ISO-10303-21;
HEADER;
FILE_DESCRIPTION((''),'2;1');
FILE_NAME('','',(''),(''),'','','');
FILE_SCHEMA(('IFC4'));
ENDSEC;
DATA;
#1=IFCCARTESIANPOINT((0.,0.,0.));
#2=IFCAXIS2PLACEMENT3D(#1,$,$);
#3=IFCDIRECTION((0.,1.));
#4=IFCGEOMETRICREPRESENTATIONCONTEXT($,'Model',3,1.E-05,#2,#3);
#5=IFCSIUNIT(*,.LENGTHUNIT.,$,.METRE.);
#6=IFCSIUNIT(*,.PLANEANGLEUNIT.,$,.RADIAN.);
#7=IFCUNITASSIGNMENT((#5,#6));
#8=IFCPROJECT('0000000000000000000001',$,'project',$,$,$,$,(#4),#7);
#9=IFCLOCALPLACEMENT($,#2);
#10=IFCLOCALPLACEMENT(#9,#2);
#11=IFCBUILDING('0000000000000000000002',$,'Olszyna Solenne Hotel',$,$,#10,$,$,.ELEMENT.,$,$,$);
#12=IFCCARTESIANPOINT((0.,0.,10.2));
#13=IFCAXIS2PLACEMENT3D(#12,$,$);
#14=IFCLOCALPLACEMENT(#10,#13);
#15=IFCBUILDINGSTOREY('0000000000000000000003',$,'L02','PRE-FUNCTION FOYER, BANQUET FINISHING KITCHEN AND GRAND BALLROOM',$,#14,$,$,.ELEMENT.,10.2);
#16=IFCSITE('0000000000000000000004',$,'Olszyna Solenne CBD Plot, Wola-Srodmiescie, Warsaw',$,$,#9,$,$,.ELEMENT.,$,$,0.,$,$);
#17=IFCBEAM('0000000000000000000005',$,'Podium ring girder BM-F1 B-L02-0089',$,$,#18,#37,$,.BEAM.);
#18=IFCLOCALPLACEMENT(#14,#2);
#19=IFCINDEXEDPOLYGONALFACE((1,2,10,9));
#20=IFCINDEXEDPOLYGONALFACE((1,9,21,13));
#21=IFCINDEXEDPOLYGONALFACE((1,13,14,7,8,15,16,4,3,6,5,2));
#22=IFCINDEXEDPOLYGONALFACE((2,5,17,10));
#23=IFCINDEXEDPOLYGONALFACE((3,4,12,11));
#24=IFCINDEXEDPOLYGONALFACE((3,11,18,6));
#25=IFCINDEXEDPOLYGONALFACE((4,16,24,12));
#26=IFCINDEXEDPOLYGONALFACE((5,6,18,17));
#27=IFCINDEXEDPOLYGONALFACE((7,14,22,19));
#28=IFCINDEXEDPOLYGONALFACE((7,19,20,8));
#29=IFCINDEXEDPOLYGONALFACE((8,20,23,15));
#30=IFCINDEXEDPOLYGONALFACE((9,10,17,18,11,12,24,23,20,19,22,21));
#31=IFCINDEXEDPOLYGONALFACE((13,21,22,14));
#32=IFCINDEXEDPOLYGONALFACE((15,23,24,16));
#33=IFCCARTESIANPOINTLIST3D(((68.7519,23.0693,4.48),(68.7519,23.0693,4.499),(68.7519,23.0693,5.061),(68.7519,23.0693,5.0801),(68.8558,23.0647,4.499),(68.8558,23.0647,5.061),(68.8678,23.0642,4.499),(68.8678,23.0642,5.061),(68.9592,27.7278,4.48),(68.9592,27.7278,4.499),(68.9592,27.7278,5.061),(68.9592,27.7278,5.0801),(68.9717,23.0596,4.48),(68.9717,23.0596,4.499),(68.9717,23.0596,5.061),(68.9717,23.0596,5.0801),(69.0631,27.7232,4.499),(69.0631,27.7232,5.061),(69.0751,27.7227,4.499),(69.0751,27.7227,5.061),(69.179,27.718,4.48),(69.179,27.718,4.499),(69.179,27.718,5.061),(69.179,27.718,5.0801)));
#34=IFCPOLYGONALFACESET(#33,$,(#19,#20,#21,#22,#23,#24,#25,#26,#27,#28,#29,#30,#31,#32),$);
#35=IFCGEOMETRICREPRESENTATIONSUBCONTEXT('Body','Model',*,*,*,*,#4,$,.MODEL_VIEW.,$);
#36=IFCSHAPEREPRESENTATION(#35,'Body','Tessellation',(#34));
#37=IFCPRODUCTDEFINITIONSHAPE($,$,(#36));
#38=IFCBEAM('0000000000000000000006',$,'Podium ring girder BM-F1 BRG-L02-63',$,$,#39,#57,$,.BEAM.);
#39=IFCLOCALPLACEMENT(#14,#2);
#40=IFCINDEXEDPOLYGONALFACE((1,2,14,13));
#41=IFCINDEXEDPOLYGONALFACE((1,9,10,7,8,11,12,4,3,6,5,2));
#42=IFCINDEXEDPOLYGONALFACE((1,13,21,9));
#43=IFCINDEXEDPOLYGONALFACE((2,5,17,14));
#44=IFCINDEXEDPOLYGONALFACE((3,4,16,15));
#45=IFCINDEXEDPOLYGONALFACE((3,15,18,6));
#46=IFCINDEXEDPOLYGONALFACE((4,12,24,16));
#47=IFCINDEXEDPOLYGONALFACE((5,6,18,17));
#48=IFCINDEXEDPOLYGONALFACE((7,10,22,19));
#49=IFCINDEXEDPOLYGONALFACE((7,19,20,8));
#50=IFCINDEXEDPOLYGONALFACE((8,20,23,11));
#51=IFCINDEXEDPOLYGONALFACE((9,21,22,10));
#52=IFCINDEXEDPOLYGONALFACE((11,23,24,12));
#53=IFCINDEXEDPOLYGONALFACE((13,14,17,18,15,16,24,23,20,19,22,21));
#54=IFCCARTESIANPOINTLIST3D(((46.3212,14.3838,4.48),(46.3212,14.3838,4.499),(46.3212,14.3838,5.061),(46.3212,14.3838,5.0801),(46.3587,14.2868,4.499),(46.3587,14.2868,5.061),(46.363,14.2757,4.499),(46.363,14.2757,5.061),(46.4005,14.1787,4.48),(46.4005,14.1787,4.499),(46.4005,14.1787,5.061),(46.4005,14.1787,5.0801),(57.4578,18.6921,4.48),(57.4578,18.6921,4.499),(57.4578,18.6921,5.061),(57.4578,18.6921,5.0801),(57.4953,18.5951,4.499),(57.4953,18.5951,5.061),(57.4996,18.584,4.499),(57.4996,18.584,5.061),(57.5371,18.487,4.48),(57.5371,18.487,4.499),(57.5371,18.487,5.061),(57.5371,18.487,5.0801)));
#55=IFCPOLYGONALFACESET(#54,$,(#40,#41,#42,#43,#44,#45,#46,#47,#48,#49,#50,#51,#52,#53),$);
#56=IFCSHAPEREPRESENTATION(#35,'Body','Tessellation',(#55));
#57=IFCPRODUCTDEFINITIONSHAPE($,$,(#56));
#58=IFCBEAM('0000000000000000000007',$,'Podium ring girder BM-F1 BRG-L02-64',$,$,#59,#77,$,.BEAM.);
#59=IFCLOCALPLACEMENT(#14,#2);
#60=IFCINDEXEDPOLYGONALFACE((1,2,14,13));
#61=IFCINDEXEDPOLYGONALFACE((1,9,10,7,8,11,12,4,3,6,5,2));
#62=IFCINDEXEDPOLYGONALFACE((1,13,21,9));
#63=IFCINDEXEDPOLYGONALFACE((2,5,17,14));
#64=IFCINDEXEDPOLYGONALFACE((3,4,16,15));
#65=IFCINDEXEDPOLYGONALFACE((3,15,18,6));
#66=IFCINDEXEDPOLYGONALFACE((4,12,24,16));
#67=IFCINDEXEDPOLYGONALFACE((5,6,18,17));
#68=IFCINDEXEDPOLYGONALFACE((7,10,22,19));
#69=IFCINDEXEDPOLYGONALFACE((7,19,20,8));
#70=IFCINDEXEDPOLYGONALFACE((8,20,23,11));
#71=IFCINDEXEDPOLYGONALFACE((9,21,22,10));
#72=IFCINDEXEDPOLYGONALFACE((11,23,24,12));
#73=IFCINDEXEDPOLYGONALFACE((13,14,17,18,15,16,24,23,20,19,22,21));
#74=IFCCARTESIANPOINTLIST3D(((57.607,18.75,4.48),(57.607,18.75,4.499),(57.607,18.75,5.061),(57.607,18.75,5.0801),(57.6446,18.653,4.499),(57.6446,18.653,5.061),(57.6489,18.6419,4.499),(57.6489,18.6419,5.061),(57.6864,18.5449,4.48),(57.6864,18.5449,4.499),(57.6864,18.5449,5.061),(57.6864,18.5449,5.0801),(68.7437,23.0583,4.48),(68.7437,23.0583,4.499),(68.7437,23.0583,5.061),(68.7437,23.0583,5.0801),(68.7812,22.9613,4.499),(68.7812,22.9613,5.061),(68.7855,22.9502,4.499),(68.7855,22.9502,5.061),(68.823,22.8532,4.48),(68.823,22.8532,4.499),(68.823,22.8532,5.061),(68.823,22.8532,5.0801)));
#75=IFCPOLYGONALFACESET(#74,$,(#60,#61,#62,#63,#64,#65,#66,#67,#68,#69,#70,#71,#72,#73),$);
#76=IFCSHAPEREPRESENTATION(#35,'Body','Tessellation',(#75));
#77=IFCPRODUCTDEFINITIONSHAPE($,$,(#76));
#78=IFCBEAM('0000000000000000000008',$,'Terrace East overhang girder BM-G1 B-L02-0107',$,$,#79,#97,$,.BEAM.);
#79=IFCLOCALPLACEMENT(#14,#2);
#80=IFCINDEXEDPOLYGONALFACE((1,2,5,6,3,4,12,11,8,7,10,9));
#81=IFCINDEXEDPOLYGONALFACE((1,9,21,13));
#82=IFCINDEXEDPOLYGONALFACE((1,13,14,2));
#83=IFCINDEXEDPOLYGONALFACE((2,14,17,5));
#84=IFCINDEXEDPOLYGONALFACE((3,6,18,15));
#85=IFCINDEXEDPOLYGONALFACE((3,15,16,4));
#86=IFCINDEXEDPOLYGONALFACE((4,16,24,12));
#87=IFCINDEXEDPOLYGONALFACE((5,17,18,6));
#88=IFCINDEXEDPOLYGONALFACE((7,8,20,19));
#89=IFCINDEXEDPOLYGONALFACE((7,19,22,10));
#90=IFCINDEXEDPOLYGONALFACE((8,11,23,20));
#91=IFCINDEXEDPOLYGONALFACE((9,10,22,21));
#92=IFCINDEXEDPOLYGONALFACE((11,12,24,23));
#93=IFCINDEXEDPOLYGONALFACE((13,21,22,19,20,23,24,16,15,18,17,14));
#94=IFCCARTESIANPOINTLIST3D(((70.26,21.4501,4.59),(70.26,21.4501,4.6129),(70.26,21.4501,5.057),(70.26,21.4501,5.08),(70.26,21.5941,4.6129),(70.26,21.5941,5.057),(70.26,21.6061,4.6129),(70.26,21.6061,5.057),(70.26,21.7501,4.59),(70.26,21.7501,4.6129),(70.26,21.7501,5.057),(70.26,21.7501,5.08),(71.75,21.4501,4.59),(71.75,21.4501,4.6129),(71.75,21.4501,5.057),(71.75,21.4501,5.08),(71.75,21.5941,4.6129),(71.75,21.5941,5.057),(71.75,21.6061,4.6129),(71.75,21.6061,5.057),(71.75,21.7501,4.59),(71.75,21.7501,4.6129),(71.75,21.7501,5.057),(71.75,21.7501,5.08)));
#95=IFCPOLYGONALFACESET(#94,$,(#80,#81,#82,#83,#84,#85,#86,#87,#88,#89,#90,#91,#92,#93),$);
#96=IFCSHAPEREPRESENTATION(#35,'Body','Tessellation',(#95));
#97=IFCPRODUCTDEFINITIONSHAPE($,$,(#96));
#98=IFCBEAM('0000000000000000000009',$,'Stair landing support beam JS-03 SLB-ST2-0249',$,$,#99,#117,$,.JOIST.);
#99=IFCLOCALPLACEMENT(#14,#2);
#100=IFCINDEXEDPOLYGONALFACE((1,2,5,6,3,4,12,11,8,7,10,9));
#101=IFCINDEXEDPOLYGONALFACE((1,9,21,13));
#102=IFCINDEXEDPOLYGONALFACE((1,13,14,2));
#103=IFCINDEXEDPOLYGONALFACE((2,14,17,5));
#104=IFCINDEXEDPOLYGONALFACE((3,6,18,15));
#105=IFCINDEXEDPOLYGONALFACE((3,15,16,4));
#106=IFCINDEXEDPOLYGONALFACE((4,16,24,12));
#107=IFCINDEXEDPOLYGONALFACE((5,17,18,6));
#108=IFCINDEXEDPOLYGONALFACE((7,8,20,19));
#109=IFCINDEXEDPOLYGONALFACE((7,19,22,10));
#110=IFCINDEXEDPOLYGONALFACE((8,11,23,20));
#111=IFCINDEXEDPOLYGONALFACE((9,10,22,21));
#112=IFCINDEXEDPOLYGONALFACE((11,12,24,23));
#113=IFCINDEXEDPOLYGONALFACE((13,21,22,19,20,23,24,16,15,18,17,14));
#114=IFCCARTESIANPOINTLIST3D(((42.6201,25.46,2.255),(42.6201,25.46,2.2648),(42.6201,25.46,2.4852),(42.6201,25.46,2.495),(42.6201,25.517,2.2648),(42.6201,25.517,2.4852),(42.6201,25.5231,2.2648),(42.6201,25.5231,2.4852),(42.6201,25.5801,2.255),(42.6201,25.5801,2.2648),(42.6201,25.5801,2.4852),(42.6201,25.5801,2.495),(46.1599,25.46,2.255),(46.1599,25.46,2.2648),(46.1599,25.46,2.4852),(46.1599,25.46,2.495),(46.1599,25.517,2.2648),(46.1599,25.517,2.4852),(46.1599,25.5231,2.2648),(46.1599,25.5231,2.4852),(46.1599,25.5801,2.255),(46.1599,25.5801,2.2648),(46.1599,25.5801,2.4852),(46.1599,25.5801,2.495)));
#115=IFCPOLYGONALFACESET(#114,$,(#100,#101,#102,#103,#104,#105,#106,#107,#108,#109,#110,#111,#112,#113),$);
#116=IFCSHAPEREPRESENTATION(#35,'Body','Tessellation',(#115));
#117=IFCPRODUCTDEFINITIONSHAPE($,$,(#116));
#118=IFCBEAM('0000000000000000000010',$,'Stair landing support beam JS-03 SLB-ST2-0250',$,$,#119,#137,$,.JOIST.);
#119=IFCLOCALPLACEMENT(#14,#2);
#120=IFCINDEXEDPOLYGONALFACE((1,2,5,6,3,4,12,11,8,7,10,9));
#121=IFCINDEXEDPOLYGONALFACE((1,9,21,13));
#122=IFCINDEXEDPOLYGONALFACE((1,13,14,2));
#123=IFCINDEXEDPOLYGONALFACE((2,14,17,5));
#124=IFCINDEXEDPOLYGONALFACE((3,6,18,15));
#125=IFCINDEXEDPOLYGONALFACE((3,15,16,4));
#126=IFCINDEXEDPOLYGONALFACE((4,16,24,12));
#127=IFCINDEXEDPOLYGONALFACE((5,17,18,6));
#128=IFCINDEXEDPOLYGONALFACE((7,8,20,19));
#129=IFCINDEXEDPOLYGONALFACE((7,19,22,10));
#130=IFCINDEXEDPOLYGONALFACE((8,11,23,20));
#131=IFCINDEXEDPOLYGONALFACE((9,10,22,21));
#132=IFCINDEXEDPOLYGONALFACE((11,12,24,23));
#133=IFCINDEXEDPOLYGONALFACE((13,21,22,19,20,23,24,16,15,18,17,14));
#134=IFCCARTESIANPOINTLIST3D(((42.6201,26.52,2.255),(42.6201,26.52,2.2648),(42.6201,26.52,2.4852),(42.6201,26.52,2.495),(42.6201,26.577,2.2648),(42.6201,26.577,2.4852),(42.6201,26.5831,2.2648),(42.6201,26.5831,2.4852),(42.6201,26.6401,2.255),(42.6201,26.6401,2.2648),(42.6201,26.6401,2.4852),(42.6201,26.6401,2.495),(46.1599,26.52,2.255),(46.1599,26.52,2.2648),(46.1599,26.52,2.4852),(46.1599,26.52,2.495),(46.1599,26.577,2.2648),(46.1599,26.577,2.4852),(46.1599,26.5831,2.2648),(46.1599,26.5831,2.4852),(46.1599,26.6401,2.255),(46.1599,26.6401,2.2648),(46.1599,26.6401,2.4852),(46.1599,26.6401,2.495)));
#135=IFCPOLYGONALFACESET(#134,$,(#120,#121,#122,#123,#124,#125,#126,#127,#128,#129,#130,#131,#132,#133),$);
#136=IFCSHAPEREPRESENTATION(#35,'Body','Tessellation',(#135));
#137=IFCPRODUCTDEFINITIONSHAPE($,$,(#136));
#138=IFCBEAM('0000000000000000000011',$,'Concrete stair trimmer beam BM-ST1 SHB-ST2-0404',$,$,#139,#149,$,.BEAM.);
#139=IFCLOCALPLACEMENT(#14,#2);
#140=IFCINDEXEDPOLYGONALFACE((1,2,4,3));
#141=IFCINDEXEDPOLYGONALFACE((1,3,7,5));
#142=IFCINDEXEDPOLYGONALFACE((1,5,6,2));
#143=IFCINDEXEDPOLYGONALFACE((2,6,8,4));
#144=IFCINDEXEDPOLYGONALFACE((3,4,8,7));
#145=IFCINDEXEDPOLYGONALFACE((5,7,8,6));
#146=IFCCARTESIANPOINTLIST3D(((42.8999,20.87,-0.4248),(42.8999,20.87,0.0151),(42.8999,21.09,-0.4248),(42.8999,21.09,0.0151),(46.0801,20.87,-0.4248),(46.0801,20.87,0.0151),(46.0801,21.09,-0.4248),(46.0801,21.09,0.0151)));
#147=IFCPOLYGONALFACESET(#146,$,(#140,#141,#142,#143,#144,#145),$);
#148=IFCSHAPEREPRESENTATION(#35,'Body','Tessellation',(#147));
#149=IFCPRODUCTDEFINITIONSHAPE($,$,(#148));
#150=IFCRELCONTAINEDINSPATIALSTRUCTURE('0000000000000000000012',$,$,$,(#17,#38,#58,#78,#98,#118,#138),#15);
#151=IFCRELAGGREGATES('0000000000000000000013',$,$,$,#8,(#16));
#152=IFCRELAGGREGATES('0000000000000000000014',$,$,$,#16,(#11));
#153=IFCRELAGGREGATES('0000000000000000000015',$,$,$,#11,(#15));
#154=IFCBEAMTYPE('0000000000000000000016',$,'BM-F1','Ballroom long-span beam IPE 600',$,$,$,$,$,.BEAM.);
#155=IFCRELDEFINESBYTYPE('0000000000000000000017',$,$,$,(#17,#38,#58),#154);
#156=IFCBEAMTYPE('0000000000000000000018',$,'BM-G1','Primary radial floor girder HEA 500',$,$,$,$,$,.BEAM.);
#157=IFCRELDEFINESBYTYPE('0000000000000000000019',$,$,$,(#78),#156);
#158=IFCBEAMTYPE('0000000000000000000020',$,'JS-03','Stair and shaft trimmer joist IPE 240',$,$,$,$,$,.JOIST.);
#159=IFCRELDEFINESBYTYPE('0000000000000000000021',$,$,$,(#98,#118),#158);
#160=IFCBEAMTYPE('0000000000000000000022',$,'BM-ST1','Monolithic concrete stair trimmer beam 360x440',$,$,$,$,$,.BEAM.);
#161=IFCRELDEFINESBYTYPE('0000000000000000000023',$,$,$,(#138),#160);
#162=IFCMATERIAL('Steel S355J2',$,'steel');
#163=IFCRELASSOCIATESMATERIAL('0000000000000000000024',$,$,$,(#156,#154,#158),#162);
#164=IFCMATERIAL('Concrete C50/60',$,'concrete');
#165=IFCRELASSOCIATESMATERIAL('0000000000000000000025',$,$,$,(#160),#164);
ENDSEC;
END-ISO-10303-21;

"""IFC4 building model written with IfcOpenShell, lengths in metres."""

from ifc_helpers import new_model, si_unit, direction, frame, origin, origin_2d, place, context, subcontext, project, spatial, rectangle, i_section, extrude, source, transform, mapped, material, material_profile, profile_set, type_object, element, save


model = new_model("IFC4")

# Units and contexts
model_context = context("Model", 3, precision=1e-05, world=origin(), true_north=direction((0.0, 1.0)))
body_context = subcontext(model_context, "Body", "Model", "MODEL_VIEW")
ifc_project = project(units=[si_unit("LENGTHUNIT", "METRE"), si_unit("PLANEANGLEUNIT", "RADIAN")], contexts=[model_context])

# Site, building, storey
site_placement = place(None, origin())
site = spatial("IfcSite", under=ifc_project, at=site_placement, Name="Olszyna Solenne CBD Plot, Wola-Srodmiescie, Warsaw", CompositionType="ELEMENT", RefElevation=0.0)
building_placement = place(site_placement, origin())
building = spatial("IfcBuilding", under=site, at=building_placement, Name="Olszyna Solenne Hotel", CompositionType="ELEMENT")
storey_placement = place(building_placement, frame((0.0, 0.0, 10.2)))
storey = spatial("IfcBuildingStorey", under=building, at=storey_placement, Name="L02", Description="PRE-FUNCTION FOYER, BANQUET FINISHING KITCHEN AND GRAND BALLROOM", CompositionType="ELEMENT", Elevation=10.2)

# Shared definitions
ifc_material_1 = material(Name="Concrete C50/60", Category="concrete")

# Beams
ifc_material_2 = material(Name="Steel S355J2", Category="steel")
ifc_material_profile_1 = material_profile(ifc_material_2, i_section(OverallWidth=0.3, OverallDepth=0.49, WebThickness=0.012, FlangeThickness=0.0229, at=origin_2d()), Name="HEA 500", Category="load-bearing")
ifc_profile_set_1 = profile_set([ifc_material_profile_1], Name="Steel S355J2")
beam_type_1 = type_object("IfcBeamType", Name="BM-G1", Description="Primary radial floor girder HEA 500", PredefinedType="BEAM", material=ifc_profile_set_1)
ifc_material_profile_2 = material_profile(ifc_material_2, i_section(OverallWidth=0.22, OverallDepth=0.6001, WebThickness=0.012, FlangeThickness=0.019, at=origin_2d()), Name="IPE 600", Category="load-bearing")
ifc_profile_set_2 = profile_set([ifc_material_profile_2], Name="Steel S355J2")
beam_type_2 = type_object("IfcBeamType", Name="BM-F1", Description="Ballroom long-span beam IPE 600", PredefinedType="BEAM", material=ifc_profile_set_2)
shared_shape_1 = source(origin(), body_context, "Body", "SweptSolid", [
    extrude(i_section(OverallWidth=0.22, OverallDepth=0.6001, WebThickness=0.012, FlangeThickness=0.019, at=origin_2d()), origin(), (0.0, 0.0, 1.0), 4.6631),
])
beam_1_placement = place(storey_placement, frame((68.8618, 23.0645, 4.78), z_axis=(0.044451, 0.999012, 0.0), x_axis=(-0.999012, 0.044451, 0.0)))
element("IfcBeam", 1, at=beam_1_placement, inside=storey, type_object=beam_type_2, Name="Podium ring girder BM-F1 B-L02-0089", PredefinedType="BEAM", context=body_context, shape_type="MappedRepresentation", body=[
    mapped(shared_shape_1, transform((0.0, 0.0, 0.0), x_axis=(1.0, 0.0, 0.0), y_axis=(0.0, 1.0, 0.0), z_axis=(0.0, 0.0, 1.0), scale=1.0)),
])
shared_shape_2 = source(origin(), body_context, "Body", "SweptSolid", [
    extrude(i_section(OverallWidth=0.22, OverallDepth=0.6001, WebThickness=0.012, FlangeThickness=0.019, at=origin_2d()), origin(), (0.0, 0.0, 1.0), 11.9409),
])
for number, where, z_axis, x_axis, name in (
    (2, (46.3608, 14.2812, 4.78), (0.932642, 0.360802, 0.0), (-0.360802, 0.932642, 0.0), "Podium ring girder BM-F1 BRG-L02-63"),
    (3, (57.6467, 18.6475, 4.78), (0.932642, 0.360802, 0.0), (-0.360802, 0.932642, 0.0), "Podium ring girder BM-F1 BRG-L02-64"),
):
    element("IfcBeam", number, at=place(storey_placement, frame(where, z_axis=z_axis, x_axis=x_axis)), inside=storey, type_object=beam_type_2, Name=name, PredefinedType="BEAM", context=body_context, shape_type="MappedRepresentation", body=[
        mapped(shared_shape_2, transform((0.0, 0.0, 0.0), x_axis=(1.0, 0.0, 0.0), y_axis=(0.0, 1.0, 0.0), z_axis=(0.0, 0.0, 1.0), scale=1.0)),
    ])
shared_shape_3 = source(origin(), body_context, "Body", "SweptSolid", [
    extrude(i_section(OverallWidth=0.3, OverallDepth=0.49, WebThickness=0.012, FlangeThickness=0.0229, at=origin_2d()), origin(), (0.0, 0.0, 1.0), 1.49),
])
beam_2_placement = place(storey_placement, frame((70.26, 21.6001, 4.835), z_axis=(1.0, 0.0, 0.0), x_axis=(0.0, 1.0, 0.0)))
element("IfcBeam", 4, at=beam_2_placement, inside=storey, type_object=beam_type_1, Name="Terrace East overhang girder BM-G1 B-L02-0107", PredefinedType="BEAM", context=body_context, shape_type="MappedRepresentation", body=[
    mapped(shared_shape_3, transform((0.0, 0.0, 0.0), x_axis=(1.0, 0.0, 0.0), y_axis=(0.0, 1.0, 0.0), z_axis=(0.0, 0.0, 1.0), scale=1.0)),
])
ifc_material_profile_3 = material_profile(ifc_material_2, i_section(OverallWidth=0.1201, OverallDepth=0.24, WebThickness=0.0061, FlangeThickness=0.0098, at=origin_2d()), Name="IPE 240", Category="load-bearing")
ifc_profile_set_3 = profile_set([ifc_material_profile_3], Name="Steel S355J2")
beam_type_3 = type_object("IfcBeamType", Name="JS-03", Description="Stair and shaft trimmer joist IPE 240", PredefinedType="JOIST", material=ifc_profile_set_3)
shared_shape_4 = source(origin(), body_context, "Body", "SweptSolid", [
    extrude(i_section(OverallWidth=0.1201, OverallDepth=0.24, WebThickness=0.0061, FlangeThickness=0.0098, at=origin_2d()), origin(), (0.0, 0.0, 1.0), 3.5398),
])
for number, where, z_axis, x_axis, name in (
    (5, (46.1599, 25.52, 2.375), (-1.0, 0.0, 0.0), (0.0, -1.0, 0.0), "Stair landing support beam JS-03 SLB-ST2-0249"),
    (6, (46.1599, 26.5801, 2.375), (-1.0, 0.0, 0.0), (0.0, -1.0, 0.0), "Stair landing support beam JS-03 SLB-ST2-0250"),
):
    element("IfcBeam", number, at=place(storey_placement, frame(where, z_axis=z_axis, x_axis=x_axis)), inside=storey, type_object=beam_type_3, Name=name, PredefinedType="JOIST", context=body_context, shape_type="MappedRepresentation", body=[
        mapped(shared_shape_4, transform((0.0, 0.0, 0.0), x_axis=(1.0, 0.0, 0.0), y_axis=(0.0, 1.0, 0.0), z_axis=(0.0, 0.0, 1.0), scale=1.0)),
    ])
ifc_material_profile_4 = material_profile(ifc_material_1, rectangle(XDim=0.22, YDim=0.4399, at=origin_2d()), Name="RC 220x440", Category="load-bearing")
ifc_profile_set_4 = profile_set([ifc_material_profile_4], Name="Concrete C50/60")
beam_type_4 = type_object("IfcBeamType", Name="BM-ST1", Description="Monolithic concrete stair trimmer beam 360x440", PredefinedType="BEAM", material=ifc_profile_set_4)
shared_shape_5 = source(origin(), body_context, "Body", "SweptSolid", [
    extrude(rectangle(XDim=0.22, YDim=0.4399, at=origin_2d()), origin(), (0.0, 0.0, 1.0), 3.1802),
])
beam_3_placement = place(storey_placement, frame((46.0801, 20.98, -0.2048), z_axis=(-1.0, 0.0, 0.0), x_axis=(0.0, -1.0, 0.0)))
element("IfcBeam", 7, at=beam_3_placement, inside=storey, type_object=beam_type_4, Name="Concrete stair trimmer beam BM-ST1 SHB-ST2-0404", PredefinedType="BEAM", context=body_context, shape_type="MappedRepresentation", body=[
    mapped(shared_shape_5, transform((0.0, 0.0, 0.0), x_axis=(1.0, 0.0, 0.0), y_axis=(0.0, 1.0, 0.0), z_axis=(0.0, 0.0, 1.0), scale=1.0)),
])

save(model, "model.ifc")
